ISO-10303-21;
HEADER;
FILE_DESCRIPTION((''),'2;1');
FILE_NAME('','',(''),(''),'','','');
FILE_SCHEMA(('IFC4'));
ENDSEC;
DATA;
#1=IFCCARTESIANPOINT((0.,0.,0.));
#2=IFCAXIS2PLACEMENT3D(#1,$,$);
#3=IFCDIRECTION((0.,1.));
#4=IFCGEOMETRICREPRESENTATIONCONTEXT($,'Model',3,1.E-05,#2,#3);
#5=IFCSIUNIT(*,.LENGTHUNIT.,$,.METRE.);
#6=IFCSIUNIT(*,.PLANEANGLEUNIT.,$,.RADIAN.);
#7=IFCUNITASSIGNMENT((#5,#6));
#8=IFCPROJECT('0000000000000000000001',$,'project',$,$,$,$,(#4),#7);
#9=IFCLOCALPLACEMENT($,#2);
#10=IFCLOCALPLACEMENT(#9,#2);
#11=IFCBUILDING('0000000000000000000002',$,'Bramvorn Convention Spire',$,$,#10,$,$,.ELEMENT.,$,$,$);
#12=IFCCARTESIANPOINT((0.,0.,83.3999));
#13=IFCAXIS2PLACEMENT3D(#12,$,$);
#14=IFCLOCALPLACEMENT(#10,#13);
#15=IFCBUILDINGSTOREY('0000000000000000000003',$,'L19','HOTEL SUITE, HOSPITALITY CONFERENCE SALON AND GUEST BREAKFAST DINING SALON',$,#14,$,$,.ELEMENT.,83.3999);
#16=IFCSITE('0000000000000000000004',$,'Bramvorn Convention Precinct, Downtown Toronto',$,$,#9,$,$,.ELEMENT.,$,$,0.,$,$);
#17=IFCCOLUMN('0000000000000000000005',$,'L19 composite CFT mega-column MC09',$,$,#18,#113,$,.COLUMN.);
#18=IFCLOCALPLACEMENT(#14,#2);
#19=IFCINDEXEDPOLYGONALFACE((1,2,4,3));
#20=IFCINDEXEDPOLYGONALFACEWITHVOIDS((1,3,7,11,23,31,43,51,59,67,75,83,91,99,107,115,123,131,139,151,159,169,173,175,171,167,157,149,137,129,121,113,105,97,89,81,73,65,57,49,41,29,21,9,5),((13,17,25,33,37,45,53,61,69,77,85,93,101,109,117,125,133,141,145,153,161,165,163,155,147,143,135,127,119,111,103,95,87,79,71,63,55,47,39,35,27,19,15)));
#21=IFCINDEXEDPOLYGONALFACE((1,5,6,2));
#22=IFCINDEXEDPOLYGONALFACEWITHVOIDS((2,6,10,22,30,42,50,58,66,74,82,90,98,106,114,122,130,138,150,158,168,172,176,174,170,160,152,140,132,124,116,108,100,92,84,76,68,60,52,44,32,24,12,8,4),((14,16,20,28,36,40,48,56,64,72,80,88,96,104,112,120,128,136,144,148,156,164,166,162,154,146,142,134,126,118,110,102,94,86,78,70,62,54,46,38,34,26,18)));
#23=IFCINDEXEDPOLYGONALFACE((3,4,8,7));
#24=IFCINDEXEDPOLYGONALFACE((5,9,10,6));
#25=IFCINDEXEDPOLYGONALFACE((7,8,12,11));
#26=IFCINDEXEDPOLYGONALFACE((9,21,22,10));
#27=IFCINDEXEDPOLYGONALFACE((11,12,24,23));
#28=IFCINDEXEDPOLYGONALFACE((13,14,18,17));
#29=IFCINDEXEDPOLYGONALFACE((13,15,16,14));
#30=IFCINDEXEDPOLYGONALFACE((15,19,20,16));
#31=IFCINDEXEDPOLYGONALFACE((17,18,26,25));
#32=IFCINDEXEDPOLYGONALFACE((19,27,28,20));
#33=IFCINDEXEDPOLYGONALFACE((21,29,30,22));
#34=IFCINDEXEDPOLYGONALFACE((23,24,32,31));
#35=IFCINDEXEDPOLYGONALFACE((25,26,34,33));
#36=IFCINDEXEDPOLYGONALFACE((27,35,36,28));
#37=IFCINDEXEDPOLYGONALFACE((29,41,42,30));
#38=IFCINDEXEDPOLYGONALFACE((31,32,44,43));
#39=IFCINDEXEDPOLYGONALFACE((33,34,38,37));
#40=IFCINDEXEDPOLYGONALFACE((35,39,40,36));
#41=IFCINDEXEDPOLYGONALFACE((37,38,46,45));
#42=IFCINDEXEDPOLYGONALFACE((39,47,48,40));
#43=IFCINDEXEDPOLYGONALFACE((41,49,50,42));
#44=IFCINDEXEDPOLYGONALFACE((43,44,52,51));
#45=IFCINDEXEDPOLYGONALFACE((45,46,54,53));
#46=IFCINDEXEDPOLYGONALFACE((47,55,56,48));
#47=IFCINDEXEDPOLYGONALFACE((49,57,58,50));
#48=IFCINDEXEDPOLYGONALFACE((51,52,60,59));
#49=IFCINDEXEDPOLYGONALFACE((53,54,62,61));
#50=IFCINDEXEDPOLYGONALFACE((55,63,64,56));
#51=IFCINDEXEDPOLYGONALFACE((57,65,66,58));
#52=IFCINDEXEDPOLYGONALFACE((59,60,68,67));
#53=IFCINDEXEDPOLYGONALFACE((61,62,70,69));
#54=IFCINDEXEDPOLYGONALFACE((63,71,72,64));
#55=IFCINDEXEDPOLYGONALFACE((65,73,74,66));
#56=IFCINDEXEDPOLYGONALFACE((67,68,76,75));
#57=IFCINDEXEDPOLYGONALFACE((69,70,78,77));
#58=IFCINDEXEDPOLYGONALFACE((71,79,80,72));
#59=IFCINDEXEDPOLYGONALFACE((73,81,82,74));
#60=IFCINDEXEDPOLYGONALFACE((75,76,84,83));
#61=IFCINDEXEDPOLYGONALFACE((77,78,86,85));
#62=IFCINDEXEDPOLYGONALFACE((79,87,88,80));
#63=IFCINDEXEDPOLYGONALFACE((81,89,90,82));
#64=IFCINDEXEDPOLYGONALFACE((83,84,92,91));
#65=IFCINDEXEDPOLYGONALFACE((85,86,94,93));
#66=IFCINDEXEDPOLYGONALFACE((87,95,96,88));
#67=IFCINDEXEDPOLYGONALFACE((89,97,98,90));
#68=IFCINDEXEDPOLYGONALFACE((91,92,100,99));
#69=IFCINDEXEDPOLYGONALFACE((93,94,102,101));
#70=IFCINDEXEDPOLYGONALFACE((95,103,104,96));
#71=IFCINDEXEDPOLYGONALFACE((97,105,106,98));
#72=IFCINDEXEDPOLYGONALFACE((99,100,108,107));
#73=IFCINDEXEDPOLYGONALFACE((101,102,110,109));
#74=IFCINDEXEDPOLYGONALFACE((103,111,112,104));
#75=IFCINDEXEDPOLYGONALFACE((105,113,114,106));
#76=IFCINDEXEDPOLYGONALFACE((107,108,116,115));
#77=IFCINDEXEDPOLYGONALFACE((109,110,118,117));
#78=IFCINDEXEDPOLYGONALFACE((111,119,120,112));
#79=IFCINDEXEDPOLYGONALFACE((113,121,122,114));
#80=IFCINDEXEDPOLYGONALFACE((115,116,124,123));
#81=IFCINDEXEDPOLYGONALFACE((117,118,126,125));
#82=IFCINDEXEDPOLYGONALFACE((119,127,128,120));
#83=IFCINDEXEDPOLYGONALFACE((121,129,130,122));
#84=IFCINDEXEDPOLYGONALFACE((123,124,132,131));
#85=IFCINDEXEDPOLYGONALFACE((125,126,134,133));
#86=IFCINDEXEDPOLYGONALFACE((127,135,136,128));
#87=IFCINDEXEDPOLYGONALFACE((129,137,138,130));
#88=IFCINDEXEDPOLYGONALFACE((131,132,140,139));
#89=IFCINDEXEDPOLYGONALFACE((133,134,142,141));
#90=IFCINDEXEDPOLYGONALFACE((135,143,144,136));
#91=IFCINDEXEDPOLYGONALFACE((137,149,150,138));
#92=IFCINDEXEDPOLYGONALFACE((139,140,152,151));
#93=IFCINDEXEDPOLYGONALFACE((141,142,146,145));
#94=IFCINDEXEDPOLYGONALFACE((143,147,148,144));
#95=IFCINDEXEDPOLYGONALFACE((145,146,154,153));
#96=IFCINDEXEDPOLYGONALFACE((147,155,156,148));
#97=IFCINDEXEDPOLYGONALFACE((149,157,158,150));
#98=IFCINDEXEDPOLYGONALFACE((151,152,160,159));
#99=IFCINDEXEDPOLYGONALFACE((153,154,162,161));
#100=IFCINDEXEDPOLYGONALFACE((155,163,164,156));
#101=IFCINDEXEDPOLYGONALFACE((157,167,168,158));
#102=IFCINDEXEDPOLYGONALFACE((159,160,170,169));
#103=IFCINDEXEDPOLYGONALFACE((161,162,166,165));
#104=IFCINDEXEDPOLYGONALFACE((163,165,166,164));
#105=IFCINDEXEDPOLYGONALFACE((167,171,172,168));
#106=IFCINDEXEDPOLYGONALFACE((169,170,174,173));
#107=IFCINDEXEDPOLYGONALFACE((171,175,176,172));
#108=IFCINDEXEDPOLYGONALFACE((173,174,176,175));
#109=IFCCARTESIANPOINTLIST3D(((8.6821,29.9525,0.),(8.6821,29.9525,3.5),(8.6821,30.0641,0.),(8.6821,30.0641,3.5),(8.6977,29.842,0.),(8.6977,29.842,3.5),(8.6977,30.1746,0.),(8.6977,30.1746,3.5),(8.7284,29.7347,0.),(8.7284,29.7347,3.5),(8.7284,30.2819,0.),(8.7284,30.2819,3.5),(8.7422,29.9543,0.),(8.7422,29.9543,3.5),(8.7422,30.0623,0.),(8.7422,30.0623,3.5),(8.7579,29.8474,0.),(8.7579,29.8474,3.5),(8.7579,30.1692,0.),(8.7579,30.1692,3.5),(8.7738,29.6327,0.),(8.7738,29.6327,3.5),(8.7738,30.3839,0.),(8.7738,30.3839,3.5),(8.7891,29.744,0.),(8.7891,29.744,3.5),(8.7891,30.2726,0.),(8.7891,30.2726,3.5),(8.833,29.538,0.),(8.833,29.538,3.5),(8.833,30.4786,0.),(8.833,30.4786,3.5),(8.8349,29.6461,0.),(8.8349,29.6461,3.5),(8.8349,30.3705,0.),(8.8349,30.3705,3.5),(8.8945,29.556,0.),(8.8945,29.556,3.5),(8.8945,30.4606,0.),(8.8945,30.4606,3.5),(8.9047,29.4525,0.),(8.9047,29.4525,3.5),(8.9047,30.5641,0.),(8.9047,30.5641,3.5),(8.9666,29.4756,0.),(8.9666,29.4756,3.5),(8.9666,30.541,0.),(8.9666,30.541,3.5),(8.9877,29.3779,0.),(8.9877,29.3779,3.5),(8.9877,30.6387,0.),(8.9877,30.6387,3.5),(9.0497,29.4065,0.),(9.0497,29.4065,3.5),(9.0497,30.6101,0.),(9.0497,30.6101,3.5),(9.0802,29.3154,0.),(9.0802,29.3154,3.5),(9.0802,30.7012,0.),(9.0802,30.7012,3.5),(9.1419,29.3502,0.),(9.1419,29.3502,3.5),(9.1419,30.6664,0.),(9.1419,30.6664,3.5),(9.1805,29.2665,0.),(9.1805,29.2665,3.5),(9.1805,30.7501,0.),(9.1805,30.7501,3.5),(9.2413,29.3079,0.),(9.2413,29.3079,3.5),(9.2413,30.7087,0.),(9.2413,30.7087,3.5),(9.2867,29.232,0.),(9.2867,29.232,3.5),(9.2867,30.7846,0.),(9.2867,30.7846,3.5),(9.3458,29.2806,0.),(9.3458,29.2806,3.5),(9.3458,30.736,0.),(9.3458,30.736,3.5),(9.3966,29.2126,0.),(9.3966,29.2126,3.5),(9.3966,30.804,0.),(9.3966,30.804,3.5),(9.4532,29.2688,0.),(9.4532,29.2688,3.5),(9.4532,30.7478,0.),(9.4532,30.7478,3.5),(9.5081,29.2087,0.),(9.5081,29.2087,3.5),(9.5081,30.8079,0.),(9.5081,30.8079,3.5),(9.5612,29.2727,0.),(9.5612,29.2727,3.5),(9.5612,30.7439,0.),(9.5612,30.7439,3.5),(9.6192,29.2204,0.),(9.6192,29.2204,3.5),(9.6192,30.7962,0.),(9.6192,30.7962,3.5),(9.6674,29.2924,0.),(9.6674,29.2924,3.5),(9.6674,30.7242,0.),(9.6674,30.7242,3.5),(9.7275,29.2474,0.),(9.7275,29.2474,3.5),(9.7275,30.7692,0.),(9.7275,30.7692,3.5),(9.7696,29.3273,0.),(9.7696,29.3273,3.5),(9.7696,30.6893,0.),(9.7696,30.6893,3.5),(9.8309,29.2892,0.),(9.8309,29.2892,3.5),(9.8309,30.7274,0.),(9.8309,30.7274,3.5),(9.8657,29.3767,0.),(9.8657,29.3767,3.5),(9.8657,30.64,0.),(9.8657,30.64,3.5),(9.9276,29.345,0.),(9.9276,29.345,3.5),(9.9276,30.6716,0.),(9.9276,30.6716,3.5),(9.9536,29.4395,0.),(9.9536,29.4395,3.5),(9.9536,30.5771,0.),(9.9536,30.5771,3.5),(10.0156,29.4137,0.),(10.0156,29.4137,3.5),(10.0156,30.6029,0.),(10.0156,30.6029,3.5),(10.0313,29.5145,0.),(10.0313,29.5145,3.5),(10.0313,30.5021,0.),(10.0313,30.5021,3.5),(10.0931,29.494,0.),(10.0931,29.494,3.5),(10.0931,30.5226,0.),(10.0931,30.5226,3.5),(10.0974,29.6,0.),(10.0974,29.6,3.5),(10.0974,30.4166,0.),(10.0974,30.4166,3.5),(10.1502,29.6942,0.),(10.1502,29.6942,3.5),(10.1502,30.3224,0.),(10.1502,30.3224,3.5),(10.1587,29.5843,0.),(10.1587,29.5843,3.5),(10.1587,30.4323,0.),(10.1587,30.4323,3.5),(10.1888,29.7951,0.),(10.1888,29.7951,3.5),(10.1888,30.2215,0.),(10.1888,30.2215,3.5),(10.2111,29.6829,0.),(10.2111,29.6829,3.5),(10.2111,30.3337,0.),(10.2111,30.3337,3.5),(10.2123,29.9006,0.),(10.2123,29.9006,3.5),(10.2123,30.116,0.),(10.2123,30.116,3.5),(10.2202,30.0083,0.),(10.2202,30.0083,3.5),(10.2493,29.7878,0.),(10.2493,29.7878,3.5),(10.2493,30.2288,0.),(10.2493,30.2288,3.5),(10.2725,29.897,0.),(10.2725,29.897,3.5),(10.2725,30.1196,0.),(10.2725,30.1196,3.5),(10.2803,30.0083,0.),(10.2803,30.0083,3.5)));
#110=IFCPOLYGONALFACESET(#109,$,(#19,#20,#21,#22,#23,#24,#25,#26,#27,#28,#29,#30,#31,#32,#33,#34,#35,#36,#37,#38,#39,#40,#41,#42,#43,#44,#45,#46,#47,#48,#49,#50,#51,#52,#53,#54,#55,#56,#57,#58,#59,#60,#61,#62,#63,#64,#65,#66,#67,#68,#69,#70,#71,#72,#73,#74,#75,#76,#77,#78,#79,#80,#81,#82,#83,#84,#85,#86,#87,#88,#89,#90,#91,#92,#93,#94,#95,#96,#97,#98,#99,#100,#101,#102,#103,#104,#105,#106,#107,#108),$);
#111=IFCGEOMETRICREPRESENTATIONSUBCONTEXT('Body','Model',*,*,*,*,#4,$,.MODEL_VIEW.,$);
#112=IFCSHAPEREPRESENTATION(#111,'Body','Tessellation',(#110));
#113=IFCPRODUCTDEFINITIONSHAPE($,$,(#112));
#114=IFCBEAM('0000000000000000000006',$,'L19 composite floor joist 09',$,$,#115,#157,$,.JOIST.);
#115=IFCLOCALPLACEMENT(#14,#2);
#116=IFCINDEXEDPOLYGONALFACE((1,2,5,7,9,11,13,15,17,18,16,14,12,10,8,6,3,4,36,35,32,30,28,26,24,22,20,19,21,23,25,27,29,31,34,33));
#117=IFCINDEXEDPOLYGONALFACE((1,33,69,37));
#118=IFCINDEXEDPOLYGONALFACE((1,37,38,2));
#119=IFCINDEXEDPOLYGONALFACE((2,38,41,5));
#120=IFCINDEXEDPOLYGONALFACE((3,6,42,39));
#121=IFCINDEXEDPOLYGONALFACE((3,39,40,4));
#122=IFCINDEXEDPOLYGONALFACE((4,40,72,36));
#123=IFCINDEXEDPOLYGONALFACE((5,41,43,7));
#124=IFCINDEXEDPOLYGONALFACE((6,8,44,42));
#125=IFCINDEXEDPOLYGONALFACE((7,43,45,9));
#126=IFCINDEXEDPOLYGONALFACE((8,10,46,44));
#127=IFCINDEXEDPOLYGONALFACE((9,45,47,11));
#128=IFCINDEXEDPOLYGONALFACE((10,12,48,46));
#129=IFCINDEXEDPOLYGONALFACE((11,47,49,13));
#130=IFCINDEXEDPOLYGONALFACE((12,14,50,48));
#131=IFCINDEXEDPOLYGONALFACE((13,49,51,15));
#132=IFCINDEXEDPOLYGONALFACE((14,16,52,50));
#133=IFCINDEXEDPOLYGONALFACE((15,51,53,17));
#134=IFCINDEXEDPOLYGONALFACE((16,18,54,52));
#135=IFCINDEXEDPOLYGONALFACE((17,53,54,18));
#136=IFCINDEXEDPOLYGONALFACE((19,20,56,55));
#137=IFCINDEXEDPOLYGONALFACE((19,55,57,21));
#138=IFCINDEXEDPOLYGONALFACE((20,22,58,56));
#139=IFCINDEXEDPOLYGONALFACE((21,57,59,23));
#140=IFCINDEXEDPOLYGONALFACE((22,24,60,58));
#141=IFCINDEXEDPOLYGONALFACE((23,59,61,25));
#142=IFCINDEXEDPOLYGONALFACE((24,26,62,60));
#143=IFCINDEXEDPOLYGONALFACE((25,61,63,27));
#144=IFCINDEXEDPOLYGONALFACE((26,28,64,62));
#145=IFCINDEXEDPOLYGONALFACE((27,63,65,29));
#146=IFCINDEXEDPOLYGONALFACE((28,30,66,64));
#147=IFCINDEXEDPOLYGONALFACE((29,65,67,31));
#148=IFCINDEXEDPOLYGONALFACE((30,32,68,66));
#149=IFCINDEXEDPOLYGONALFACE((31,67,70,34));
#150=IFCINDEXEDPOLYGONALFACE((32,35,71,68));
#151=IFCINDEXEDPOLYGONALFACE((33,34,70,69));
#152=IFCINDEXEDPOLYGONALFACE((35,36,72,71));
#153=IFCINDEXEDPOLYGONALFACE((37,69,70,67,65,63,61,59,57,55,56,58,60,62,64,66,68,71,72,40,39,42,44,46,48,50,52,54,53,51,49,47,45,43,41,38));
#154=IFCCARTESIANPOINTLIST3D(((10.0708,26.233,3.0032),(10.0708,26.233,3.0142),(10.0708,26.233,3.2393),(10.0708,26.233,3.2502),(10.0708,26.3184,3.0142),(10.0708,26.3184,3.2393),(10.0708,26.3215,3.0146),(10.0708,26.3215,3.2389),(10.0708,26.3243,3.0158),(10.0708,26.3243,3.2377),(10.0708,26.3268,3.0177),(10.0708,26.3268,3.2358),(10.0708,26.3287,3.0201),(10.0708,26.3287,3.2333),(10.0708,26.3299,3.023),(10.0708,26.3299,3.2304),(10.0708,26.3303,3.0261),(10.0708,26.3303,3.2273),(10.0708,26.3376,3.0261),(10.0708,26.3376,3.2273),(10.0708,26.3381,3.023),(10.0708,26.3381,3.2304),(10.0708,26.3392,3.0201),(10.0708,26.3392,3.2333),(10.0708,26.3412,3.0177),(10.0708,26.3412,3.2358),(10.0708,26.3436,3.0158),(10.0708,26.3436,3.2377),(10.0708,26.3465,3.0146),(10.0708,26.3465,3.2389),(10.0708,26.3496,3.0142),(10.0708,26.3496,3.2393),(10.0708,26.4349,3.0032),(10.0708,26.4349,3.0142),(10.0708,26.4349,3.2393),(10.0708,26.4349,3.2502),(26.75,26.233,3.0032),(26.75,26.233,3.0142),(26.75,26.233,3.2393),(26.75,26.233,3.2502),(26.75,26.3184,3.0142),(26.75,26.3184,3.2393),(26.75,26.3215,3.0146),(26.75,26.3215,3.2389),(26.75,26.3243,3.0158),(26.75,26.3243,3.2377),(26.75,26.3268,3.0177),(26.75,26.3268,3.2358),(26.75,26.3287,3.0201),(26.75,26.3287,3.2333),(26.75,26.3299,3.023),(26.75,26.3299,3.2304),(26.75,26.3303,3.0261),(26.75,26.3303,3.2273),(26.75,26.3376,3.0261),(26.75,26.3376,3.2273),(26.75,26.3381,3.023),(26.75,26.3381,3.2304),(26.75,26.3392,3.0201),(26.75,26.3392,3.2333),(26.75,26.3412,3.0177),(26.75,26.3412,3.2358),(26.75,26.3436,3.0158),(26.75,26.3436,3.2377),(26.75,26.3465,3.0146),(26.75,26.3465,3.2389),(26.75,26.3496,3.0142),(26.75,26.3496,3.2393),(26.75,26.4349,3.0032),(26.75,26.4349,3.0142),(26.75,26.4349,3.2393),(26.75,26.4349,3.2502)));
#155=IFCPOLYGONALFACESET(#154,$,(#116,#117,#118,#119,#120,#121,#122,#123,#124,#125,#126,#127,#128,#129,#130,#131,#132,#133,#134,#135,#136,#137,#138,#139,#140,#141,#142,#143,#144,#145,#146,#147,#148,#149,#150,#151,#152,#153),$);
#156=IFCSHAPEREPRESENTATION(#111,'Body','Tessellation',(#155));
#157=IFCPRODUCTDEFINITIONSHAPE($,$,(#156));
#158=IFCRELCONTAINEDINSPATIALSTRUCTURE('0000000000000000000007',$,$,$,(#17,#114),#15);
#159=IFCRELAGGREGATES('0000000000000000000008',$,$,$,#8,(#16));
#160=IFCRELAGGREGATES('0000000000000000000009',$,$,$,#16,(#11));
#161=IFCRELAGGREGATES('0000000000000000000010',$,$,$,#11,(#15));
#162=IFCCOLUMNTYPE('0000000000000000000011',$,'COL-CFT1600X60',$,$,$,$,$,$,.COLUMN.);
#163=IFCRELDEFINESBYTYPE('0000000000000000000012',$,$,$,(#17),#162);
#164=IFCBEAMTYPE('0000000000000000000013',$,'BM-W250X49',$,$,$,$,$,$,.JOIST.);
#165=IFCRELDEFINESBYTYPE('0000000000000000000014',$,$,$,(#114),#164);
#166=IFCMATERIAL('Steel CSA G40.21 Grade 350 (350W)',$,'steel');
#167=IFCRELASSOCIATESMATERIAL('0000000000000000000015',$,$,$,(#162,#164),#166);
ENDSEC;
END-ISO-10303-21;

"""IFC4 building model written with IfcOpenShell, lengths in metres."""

from ifc_helpers import new_model, si_unit, direction, frame, origin, origin_2d, place, context, subcontext, project, spatial, hollow_circle, i_section, extrude, material, material_profile, profile_set, type_object, element, save


model = new_model("IFC4")

# Units and contexts
model_context = context("Model", 3, precision=1e-05, world=origin(), true_north=direction((0.0, 1.0)))
body_context = subcontext(model_context, "Body", "Model", "MODEL_VIEW")
ifc_project = project(units=[si_unit("LENGTHUNIT", "METRE"), si_unit("PLANEANGLEUNIT", "RADIAN")], contexts=[model_context])

# Site, building, storey
site_placement = place(None, origin())
site = spatial("IfcSite", under=ifc_project, at=site_placement, Name="Bramvorn Convention Precinct, Downtown Toronto", CompositionType="ELEMENT", RefElevation=0.0)
building_placement = place(site_placement, origin())
building = spatial("IfcBuilding", under=site, at=building_placement, Name="Bramvorn Convention Spire", CompositionType="ELEMENT")
storey_placement = place(building_placement, frame((0.0, 0.0, 83.3999)))
storey = spatial("IfcBuildingStorey", under=building, at=storey_placement, Name="L19", Description="HOTEL SUITE, HOSPITALITY CONFERENCE SALON AND GUEST BREAKFAST DINING SALON", CompositionType="ELEMENT", Elevation=83.3999)

# Column
ifc_material_1 = material(Name="Steel CSA G40.21 Grade 350 (350W)", Category="steel")
ifc_material_profile_1 = material_profile(ifc_material_1, hollow_circle(Radius=0.8, WallThickness=0.0601, at=origin_2d()))
ifc_profile_set_1 = profile_set([ifc_material_profile_1], Name="Steel CSA G40.21 Grade 350 (350W) - CFT1600X60")
column_type = type_object("IfcColumnType", Name="COL-CFT1600X60", PredefinedType="COLUMN", material=ifc_profile_set_1)
for number, where, z_axis, x_axis, name in (
    (1, (9.4802, 30.0083, 0.0), (0.0, 0.0, 1.0), (1.0, 0.0, 0.0), "L19 composite CFT mega-column MC09"),
):
    element("IfcColumn", number, at=place(storey_placement, frame(where, z_axis=z_axis, x_axis=x_axis)), inside=storey, type_object=column_type, Name=name, PredefinedType="COLUMN", context=body_context, shape_type="SweptSolid", body=[
        extrude(hollow_circle(Radius=0.8, WallThickness=0.0601, at=origin_2d()), origin(), (0.0, 0.0, 1.0), 3.5),
    ])

# Beam
ifc_material_profile_2 = material_profile(ifc_material_1, i_section(OverallWidth=0.2019, OverallDepth=0.2471, WebThickness=0.0073, FlangeThickness=0.011, FilletRadius=0.012, at=origin_2d()))
ifc_profile_set_2 = profile_set([ifc_material_profile_2], Name="Steel CSA G40.21 Grade 350 (350W) - W250X49")
beam_type_1 = type_object("IfcBeamType", Name="BM-W250X49", PredefinedType="JOIST", material=ifc_profile_set_2)
beam_1_placement = place(storey_placement, frame((26.75, 26.334, 3.1267), z_axis=(-1.0, 0.0, 0.0), x_axis=(0.0, -1.0, 0.0)))
element("IfcBeam", 2, at=beam_1_placement, inside=storey, type_object=beam_type_1, Name="L19 composite floor joist 09", PredefinedType="JOIST", context=body_context, shape_type="SweptSolid", body=[
    extrude(i_section(OverallWidth=0.2019, OverallDepth=0.2471, WebThickness=0.0073, FlangeThickness=0.011, FilletRadius=0.012, at=origin_2d()), origin(), (0.0, 0.0, 1.0), 16.6792),
])

save(model, "model.ifc")
